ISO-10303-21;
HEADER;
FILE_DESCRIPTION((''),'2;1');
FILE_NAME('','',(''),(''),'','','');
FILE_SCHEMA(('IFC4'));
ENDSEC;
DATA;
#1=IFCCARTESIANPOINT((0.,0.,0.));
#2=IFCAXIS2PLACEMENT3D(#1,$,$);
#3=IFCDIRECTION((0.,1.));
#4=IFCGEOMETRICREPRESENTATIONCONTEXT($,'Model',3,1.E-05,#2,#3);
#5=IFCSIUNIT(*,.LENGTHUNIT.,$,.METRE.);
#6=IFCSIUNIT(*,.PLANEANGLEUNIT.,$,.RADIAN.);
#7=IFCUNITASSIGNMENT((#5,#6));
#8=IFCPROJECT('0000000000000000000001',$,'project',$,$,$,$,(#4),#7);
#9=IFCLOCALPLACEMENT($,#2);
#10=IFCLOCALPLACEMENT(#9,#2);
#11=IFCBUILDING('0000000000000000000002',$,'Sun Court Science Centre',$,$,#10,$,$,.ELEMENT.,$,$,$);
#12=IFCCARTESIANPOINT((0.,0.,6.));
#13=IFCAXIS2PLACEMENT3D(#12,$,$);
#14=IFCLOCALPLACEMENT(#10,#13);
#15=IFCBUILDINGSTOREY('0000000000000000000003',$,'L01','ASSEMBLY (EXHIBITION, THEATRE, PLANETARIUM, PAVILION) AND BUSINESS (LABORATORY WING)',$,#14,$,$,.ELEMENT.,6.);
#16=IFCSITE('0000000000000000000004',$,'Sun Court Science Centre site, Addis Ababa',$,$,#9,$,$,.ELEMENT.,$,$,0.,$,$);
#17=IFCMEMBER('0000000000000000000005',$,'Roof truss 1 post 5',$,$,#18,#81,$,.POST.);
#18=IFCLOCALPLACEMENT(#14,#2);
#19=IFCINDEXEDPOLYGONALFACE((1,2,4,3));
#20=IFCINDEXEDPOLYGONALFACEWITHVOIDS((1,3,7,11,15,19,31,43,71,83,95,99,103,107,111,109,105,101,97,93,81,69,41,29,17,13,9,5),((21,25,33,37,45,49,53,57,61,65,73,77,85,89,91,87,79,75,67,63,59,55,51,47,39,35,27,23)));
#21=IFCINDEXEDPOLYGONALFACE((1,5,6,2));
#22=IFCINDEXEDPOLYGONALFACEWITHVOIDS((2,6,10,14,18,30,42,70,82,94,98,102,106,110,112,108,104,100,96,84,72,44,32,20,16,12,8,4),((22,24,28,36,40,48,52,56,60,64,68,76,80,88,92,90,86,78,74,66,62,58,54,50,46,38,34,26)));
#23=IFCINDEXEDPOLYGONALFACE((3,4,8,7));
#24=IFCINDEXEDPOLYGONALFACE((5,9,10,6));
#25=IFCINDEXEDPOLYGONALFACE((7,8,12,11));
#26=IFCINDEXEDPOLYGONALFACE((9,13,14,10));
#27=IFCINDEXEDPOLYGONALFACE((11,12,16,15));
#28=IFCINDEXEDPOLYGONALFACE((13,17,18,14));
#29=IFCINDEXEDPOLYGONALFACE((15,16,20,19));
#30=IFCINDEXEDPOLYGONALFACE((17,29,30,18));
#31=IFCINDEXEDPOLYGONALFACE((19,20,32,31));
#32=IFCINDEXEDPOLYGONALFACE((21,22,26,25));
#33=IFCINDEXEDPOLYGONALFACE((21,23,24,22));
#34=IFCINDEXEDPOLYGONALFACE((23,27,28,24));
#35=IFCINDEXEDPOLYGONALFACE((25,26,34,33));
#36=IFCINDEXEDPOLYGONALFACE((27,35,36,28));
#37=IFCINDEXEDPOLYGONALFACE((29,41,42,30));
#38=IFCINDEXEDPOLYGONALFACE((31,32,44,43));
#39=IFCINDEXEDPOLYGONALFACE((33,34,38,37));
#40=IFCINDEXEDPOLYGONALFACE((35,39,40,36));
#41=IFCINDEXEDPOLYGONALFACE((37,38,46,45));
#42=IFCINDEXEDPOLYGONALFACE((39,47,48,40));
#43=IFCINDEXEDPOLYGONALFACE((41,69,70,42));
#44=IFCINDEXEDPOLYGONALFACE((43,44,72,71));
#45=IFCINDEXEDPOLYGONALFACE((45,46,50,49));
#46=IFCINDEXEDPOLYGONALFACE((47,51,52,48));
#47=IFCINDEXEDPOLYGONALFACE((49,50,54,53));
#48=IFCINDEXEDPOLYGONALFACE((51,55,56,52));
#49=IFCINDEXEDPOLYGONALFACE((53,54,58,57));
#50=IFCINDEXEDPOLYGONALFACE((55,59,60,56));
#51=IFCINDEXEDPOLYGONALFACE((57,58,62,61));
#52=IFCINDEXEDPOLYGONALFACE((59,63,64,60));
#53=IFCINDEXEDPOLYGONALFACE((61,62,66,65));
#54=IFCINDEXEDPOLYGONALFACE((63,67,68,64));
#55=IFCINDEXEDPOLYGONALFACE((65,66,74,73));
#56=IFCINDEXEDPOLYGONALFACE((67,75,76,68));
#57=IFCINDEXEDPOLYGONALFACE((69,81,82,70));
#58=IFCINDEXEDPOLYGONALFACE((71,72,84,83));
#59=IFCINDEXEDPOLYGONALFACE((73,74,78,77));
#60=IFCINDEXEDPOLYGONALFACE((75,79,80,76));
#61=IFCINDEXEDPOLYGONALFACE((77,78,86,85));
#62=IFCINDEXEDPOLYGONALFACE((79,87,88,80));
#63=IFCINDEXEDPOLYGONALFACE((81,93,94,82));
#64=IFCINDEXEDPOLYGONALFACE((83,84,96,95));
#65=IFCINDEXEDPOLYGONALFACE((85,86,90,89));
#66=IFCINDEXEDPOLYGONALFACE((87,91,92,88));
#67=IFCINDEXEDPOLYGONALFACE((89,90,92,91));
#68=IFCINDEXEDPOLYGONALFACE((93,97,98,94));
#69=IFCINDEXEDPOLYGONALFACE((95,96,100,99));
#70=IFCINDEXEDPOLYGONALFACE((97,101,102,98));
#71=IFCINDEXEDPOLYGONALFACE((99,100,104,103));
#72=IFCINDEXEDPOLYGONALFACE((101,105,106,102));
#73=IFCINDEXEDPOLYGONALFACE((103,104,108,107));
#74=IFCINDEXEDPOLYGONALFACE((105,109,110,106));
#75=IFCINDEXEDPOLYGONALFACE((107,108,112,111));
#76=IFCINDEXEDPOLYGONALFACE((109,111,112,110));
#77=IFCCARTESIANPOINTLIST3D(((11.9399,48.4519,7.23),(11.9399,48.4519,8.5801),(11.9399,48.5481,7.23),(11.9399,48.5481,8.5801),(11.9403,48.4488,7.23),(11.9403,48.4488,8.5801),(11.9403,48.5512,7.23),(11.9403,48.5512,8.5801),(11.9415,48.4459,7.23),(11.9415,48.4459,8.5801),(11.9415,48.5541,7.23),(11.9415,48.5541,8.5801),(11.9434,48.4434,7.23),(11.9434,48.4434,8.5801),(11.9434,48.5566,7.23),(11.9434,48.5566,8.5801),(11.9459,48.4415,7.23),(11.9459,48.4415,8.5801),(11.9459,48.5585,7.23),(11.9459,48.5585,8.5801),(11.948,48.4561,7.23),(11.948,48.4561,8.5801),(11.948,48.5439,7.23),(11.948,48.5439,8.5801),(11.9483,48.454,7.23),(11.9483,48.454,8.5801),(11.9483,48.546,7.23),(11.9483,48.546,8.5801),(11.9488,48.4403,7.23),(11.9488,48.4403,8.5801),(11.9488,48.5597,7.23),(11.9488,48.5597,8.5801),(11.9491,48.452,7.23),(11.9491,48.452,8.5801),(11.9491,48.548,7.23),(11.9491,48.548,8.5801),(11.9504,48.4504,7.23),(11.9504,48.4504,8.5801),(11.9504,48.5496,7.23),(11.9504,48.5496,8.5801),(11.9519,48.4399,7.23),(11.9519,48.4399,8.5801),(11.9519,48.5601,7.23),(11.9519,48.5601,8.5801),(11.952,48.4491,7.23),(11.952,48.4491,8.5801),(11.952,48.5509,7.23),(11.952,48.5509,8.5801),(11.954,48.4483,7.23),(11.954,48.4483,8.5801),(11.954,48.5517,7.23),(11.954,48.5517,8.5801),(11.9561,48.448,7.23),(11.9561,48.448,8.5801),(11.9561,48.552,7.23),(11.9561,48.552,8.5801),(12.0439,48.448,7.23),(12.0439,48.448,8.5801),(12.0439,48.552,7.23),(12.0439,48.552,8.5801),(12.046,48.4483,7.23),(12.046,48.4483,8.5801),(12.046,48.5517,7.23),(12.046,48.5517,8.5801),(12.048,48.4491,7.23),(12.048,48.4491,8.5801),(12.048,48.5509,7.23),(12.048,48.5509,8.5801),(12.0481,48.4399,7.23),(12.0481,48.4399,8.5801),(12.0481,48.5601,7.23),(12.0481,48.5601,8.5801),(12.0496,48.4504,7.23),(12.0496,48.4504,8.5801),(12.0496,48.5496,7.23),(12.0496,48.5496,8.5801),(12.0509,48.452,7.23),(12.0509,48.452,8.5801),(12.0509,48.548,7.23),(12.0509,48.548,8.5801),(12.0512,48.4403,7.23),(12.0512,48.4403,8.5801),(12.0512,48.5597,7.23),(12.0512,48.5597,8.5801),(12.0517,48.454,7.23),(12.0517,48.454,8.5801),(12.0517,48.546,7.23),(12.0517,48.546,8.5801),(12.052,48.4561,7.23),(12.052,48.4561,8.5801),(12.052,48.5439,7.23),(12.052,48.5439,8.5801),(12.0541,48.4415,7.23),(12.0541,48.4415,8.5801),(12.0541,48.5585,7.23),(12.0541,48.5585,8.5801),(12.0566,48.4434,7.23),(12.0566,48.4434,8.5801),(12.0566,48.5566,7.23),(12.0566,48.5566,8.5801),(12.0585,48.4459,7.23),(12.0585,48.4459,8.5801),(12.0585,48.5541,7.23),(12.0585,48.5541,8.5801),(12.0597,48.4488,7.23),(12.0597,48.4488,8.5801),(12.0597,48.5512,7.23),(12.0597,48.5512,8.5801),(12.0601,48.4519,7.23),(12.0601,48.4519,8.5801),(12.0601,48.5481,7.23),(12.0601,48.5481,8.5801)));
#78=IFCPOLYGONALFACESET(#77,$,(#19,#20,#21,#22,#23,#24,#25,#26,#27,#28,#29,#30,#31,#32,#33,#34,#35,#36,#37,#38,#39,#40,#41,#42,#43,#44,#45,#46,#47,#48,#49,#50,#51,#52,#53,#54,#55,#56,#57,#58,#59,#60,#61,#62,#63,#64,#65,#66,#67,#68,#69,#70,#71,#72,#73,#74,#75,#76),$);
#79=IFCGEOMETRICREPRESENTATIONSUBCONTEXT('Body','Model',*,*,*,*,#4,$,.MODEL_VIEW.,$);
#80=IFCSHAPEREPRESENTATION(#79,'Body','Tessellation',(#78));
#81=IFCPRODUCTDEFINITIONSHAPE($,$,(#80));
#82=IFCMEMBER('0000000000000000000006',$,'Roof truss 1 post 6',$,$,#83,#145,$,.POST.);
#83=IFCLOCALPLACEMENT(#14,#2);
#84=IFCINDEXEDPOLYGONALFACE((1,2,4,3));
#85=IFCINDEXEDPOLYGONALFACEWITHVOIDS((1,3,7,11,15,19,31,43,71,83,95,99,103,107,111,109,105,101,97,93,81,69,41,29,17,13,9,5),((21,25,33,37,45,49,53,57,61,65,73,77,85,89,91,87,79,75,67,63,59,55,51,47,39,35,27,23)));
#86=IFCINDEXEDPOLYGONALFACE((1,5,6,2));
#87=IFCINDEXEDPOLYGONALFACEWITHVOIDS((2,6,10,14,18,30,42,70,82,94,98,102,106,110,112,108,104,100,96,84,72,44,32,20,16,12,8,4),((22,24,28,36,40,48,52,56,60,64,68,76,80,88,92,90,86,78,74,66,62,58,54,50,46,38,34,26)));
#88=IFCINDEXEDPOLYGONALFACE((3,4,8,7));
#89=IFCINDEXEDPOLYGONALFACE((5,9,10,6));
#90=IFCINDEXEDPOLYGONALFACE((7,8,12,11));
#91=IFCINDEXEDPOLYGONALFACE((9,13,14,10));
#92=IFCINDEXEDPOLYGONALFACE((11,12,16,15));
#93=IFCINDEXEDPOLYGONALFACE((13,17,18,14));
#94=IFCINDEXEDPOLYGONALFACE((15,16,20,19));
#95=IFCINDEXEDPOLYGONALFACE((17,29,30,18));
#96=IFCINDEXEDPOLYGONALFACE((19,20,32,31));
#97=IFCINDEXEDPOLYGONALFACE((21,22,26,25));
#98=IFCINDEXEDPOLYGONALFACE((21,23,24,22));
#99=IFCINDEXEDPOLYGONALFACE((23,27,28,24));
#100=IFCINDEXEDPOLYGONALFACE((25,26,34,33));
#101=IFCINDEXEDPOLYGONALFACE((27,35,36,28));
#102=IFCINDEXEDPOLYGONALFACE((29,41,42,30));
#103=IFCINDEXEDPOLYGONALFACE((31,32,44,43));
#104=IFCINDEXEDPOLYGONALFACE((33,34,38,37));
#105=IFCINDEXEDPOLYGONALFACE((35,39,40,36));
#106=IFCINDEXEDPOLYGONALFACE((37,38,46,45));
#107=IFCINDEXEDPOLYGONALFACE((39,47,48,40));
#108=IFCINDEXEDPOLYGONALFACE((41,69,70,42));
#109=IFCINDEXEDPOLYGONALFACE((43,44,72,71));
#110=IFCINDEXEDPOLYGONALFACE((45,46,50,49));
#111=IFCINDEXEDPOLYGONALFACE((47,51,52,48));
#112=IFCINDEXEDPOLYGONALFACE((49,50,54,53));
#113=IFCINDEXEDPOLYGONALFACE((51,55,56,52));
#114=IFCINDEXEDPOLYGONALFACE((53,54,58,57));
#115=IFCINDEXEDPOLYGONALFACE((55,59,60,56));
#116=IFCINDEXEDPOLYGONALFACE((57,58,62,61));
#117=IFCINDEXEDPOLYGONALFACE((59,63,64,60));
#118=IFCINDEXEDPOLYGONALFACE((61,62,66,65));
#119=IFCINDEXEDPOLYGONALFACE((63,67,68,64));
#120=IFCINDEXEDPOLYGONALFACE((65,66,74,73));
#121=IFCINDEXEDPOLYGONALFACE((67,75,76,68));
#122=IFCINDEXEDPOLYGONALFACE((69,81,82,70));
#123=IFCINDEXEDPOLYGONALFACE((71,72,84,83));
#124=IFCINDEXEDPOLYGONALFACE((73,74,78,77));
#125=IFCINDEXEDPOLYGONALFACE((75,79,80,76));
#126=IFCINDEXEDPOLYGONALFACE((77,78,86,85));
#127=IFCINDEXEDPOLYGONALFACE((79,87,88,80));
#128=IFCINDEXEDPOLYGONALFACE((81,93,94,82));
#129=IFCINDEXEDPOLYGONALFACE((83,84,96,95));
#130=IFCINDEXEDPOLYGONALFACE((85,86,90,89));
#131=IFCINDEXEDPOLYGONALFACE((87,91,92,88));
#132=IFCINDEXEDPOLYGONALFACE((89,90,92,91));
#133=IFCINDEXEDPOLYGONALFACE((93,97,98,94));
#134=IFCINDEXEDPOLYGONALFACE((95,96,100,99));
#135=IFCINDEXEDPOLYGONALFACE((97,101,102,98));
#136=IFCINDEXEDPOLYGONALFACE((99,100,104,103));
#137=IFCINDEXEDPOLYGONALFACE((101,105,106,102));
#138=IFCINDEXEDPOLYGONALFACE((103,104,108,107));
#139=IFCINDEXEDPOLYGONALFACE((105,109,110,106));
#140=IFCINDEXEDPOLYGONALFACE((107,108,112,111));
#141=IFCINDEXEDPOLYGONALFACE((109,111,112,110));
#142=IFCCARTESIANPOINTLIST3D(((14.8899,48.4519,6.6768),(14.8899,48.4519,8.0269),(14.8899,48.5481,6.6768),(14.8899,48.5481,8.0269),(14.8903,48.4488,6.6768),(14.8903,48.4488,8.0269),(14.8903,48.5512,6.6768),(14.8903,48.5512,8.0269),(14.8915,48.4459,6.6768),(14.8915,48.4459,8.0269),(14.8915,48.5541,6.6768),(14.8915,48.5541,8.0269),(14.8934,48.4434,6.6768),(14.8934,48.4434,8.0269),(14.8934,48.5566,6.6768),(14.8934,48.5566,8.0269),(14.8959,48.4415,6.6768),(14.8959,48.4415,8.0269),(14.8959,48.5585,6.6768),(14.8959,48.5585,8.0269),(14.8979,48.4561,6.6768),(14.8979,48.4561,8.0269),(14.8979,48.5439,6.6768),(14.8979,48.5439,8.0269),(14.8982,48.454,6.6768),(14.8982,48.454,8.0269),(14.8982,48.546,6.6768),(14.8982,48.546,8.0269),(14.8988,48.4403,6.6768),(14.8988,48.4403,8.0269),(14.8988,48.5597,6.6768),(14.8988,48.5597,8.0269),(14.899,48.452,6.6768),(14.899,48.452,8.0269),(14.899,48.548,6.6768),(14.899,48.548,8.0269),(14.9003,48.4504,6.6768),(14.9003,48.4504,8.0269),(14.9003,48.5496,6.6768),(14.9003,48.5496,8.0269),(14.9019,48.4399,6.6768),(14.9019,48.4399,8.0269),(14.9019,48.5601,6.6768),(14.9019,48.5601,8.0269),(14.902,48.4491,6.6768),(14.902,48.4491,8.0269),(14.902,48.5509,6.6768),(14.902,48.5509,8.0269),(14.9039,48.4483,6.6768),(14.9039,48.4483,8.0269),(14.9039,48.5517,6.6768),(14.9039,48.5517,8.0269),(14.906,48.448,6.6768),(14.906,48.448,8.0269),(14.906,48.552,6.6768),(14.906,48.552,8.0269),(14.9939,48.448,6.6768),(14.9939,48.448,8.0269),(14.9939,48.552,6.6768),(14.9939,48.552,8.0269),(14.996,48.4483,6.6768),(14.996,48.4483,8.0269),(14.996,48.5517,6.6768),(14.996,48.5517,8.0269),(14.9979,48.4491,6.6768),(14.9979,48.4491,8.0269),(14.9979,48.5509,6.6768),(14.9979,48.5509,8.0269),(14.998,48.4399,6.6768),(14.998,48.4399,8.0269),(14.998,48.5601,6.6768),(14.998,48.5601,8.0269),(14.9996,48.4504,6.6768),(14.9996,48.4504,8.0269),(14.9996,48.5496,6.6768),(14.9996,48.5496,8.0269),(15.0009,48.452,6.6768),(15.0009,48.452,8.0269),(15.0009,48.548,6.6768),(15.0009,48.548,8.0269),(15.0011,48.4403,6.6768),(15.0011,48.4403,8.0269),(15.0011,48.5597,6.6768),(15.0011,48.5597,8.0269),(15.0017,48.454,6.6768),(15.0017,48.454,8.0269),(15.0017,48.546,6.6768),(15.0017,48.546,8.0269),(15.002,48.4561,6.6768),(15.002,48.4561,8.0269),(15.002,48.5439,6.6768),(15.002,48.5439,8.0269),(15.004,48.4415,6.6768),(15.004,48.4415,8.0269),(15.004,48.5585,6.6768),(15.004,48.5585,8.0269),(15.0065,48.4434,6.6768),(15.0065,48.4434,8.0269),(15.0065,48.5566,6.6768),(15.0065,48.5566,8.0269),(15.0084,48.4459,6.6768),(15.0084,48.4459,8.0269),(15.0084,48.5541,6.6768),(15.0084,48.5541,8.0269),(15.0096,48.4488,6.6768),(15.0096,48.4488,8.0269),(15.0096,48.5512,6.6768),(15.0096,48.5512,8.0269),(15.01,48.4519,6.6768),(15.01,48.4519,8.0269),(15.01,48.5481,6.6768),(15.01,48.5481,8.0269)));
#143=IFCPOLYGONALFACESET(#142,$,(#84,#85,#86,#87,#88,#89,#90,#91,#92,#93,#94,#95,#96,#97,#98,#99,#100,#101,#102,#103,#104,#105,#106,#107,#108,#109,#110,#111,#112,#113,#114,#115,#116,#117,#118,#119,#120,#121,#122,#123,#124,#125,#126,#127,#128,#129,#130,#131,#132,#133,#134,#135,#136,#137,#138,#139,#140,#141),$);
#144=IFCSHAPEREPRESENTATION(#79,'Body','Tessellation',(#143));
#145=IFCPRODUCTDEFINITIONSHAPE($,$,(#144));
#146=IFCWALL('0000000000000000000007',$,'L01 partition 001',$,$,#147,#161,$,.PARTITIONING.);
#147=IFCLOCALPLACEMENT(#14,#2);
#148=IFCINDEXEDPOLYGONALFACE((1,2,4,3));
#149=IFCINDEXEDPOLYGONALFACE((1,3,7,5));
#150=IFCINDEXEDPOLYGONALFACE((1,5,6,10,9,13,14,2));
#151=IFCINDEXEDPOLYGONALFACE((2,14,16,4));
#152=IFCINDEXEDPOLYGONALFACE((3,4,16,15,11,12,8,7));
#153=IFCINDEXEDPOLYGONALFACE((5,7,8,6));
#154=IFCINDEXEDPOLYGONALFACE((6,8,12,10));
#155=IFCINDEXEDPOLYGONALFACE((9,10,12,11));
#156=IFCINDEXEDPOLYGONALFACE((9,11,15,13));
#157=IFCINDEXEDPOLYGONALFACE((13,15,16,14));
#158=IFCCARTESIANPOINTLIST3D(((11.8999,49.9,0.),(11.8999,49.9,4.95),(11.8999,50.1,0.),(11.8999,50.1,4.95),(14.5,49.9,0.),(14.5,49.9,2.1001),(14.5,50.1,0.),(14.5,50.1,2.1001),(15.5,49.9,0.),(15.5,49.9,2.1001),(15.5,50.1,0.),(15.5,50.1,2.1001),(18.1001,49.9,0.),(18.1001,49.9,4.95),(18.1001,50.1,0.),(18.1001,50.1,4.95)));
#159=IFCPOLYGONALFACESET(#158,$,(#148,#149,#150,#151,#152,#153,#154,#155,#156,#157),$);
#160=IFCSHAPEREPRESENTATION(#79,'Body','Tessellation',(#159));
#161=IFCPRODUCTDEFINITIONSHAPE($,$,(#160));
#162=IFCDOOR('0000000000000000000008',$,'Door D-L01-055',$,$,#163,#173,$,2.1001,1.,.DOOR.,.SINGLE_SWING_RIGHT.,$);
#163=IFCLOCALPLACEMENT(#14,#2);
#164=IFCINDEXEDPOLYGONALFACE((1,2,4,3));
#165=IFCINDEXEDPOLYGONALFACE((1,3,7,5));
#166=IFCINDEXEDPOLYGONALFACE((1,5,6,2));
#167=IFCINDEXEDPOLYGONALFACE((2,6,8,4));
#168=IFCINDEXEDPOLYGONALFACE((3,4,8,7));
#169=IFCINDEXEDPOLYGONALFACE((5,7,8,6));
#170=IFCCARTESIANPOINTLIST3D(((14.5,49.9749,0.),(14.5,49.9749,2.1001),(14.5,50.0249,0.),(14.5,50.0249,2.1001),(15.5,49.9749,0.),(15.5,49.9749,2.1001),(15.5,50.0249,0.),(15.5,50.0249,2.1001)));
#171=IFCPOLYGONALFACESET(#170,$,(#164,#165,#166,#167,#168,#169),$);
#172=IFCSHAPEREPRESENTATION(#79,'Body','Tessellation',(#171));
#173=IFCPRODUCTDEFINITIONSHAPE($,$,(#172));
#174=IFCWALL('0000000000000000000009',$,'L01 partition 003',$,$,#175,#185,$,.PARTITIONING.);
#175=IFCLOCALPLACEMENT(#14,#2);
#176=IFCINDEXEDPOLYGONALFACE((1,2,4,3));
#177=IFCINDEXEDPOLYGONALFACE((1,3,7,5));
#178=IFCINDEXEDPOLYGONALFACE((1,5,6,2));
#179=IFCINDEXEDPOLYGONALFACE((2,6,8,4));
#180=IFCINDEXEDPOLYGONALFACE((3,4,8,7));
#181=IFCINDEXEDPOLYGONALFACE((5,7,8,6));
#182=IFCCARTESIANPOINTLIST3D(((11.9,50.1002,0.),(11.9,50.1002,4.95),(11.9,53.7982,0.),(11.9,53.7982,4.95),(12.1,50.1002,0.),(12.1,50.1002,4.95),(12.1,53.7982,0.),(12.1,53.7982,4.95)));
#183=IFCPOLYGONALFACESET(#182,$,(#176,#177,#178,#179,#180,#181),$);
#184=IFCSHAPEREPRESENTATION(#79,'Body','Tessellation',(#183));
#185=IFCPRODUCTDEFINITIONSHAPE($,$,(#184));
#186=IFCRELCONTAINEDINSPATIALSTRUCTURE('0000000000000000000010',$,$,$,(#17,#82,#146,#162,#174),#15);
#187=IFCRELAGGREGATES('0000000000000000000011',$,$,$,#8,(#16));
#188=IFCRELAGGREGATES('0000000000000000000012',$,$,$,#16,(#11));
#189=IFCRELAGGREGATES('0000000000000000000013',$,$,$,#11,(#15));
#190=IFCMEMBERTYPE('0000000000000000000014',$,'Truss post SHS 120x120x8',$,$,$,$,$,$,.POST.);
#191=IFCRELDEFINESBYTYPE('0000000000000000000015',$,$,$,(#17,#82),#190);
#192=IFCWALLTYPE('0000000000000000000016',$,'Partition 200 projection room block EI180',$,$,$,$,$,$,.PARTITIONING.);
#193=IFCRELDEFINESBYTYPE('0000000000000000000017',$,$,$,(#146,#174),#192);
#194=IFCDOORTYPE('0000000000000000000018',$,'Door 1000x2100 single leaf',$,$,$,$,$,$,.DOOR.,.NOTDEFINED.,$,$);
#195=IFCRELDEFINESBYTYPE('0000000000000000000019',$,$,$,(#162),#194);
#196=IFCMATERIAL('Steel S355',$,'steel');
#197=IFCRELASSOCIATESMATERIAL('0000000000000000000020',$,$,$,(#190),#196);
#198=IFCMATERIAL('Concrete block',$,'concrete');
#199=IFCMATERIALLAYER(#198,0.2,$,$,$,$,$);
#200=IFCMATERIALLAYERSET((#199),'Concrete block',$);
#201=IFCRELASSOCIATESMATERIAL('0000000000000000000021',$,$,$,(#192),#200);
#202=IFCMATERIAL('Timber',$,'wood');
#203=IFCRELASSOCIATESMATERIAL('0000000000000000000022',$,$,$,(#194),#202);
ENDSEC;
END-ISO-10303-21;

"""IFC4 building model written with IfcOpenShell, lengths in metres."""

from ifc_helpers import new_model, si_unit, direction, frame, frame_2d, origin, origin_2d, place, context, subcontext, project, spatial, rectangle, hollow_rectangle, extrude, material, layer, layer_set, material_profile, profile_set, type_object, element, fill, save


model = new_model("IFC4")

# Units and contexts
model_context = context("Model", 3, precision=1e-05, world=origin(), true_north=direction((0.0, 1.0)))
body_context = subcontext(model_context, "Body", "Model", "MODEL_VIEW")
ifc_project = project(units=[si_unit("LENGTHUNIT", "METRE"), si_unit("PLANEANGLEUNIT", "RADIAN")], contexts=[model_context])

# Site, building, storey
site_placement = place(None, origin())
site = spatial("IfcSite", under=ifc_project, at=site_placement, Name="Sun Court Science Centre site, Addis Ababa", CompositionType="ELEMENT", RefElevation=0.0)
building_placement = place(site_placement, origin())
building = spatial("IfcBuilding", under=site, at=building_placement, Name="Sun Court Science Centre", CompositionType="ELEMENT")
storey_placement = place(building_placement, frame((0.0, 0.0, 6.0)))
storey = spatial("IfcBuildingStorey", under=building, at=storey_placement, Name="L01", Description="ASSEMBLY (EXHIBITION, THEATRE, PLANETARIUM, PAVILION) AND BUSINESS (LABORATORY WING)", CompositionType="ELEMENT", Elevation=6.0)

# Members
ifc_material_1 = material(Name="Steel S355", Category="steel")
ifc_material_profile_1 = material_profile(ifc_material_1, hollow_rectangle(XDim=0.1201, YDim=0.1201, WallThickness=0.0081, InnerFilletRadius=0.0081, OuterFilletRadius=0.012, at=origin_2d()), Name="SHS 120x120x8")
ifc_profile_set_1 = profile_set([ifc_material_profile_1], Name="Steel S355")
member_type_1 = type_object("IfcMemberType", Name="Truss post SHS 120x120x8", PredefinedType="POST", material=ifc_profile_set_1)
for number, where, z_axis, x_axis, name in (
    (1, (12.0, 48.5, 7.23), (0.0, 0.0, 1.0), (1.0, 0.0, 0.0), "Roof truss 1 post 5"),
    (2, (14.95, 48.5, 6.6768), (0.0, 0.0, 1.0), (1.0, 0.0, 0.0), "Roof truss 1 post 6"),
):
    element("IfcMember", number, at=place(storey_placement, frame(where, z_axis=z_axis, x_axis=x_axis)), inside=storey, type_object=member_type_1, Name=name, PredefinedType="POST", context=body_context, shape_type="SweptSolid", body=[
        extrude(hollow_rectangle(XDim=0.1201, YDim=0.1201, WallThickness=0.0081, InnerFilletRadius=0.0081, OuterFilletRadius=0.012, at=origin_2d()), origin(), (0.0, 0.0, 1.0), 1.3501),
    ])

# Wall, opening, door
ifc_material_2 = material(Name="Concrete block", Category="concrete")
ifc_layer_1 = layer(ifc_material_2, 0.2)
ifc_layer_set_1 = layer_set([ifc_layer_1], Name="Concrete block")
wall_type_1 = type_object("IfcWallType", Name="Partition 200 projection room block EI180", PredefinedType="PARTITIONING", material=ifc_layer_set_1)
wall_1_placement = place(storey_placement, frame((11.8999, 50.0, 0.0), z_axis=(0.0, 0.0, 1.0), x_axis=(1.0, 0.0, 0.0)))
wall_1 = element("IfcWall", 3, at=wall_1_placement, inside=storey, type_object=wall_type_1, Name="L01 partition 001", PredefinedType="PARTITIONING", context=body_context, shape_type="SweptSolid", body=[
    extrude(rectangle(XDim=6.2002, YDim=0.2, at=frame_2d((3.1001, 0.0))), origin(), (0.0, 0.0, 1.0), 4.95),
])
opening_placement = place(wall_1_placement, frame((2.6001, 0.0, 0.0)))
opening = element("IfcOpeningElement", 4, at=opening_placement, cuts=wall_1, PredefinedType="OPENING", context=body_context, shape_type="SweptSolid", body=[
    extrude(rectangle(XDim=1.0, YDim=2.1001, at=frame_2d((0.5, 1.05))), frame((0.0, 0.1099, 0.0), z_axis=(0.0, -1.0, 0.0), x_axis=(1.0, 0.0, 0.0)), (0.0, 0.0, 1.0), 0.22),
])
ifc_material_3 = material(Name="Timber", Category="wood")
door_type = type_object("IfcDoorType", Name="Door 1000x2100 single leaf", OperationType="NOTDEFINED", PredefinedType="DOOR", material=ifc_material_3)
door_placement = place(opening_placement, origin())
door = element("IfcDoor", 5, at=door_placement, inside=storey, type_object=door_type, Name="Door D-L01-055", OperationType="SINGLE_SWING_RIGHT", OverallHeight=2.1001, OverallWidth=1.0, PredefinedType="DOOR", context=body_context, shape_type="SweptSolid", body=[
    extrude(rectangle(XDim=1.0, YDim=2.1001, at=frame_2d((0.5, 1.05))), frame((0.0, 0.0249, 0.0), z_axis=(0.0, -1.0, 0.0), x_axis=(1.0, 0.0, 0.0)), (0.0, 0.0, 1.0), 0.05),
])
fill(opening, door)

# Wall
wall_2_placement = place(storey_placement, frame((12.0, 50.1001, 0.0), z_axis=(0.0, 0.0, 1.0), x_axis=(0.0, 1.0, 0.0)))
element("IfcWall", 6, at=wall_2_placement, inside=storey, type_object=wall_type_1, Name="L01 partition 003", PredefinedType="PARTITIONING", context=body_context, shape_type="SweptSolid", body=[
    extrude(rectangle(XDim=3.698, YDim=0.2, at=frame_2d((1.8491, 0.0))), origin(), (0.0, 0.0, 1.0), 4.95),
])

save(model, "model.ifc")
